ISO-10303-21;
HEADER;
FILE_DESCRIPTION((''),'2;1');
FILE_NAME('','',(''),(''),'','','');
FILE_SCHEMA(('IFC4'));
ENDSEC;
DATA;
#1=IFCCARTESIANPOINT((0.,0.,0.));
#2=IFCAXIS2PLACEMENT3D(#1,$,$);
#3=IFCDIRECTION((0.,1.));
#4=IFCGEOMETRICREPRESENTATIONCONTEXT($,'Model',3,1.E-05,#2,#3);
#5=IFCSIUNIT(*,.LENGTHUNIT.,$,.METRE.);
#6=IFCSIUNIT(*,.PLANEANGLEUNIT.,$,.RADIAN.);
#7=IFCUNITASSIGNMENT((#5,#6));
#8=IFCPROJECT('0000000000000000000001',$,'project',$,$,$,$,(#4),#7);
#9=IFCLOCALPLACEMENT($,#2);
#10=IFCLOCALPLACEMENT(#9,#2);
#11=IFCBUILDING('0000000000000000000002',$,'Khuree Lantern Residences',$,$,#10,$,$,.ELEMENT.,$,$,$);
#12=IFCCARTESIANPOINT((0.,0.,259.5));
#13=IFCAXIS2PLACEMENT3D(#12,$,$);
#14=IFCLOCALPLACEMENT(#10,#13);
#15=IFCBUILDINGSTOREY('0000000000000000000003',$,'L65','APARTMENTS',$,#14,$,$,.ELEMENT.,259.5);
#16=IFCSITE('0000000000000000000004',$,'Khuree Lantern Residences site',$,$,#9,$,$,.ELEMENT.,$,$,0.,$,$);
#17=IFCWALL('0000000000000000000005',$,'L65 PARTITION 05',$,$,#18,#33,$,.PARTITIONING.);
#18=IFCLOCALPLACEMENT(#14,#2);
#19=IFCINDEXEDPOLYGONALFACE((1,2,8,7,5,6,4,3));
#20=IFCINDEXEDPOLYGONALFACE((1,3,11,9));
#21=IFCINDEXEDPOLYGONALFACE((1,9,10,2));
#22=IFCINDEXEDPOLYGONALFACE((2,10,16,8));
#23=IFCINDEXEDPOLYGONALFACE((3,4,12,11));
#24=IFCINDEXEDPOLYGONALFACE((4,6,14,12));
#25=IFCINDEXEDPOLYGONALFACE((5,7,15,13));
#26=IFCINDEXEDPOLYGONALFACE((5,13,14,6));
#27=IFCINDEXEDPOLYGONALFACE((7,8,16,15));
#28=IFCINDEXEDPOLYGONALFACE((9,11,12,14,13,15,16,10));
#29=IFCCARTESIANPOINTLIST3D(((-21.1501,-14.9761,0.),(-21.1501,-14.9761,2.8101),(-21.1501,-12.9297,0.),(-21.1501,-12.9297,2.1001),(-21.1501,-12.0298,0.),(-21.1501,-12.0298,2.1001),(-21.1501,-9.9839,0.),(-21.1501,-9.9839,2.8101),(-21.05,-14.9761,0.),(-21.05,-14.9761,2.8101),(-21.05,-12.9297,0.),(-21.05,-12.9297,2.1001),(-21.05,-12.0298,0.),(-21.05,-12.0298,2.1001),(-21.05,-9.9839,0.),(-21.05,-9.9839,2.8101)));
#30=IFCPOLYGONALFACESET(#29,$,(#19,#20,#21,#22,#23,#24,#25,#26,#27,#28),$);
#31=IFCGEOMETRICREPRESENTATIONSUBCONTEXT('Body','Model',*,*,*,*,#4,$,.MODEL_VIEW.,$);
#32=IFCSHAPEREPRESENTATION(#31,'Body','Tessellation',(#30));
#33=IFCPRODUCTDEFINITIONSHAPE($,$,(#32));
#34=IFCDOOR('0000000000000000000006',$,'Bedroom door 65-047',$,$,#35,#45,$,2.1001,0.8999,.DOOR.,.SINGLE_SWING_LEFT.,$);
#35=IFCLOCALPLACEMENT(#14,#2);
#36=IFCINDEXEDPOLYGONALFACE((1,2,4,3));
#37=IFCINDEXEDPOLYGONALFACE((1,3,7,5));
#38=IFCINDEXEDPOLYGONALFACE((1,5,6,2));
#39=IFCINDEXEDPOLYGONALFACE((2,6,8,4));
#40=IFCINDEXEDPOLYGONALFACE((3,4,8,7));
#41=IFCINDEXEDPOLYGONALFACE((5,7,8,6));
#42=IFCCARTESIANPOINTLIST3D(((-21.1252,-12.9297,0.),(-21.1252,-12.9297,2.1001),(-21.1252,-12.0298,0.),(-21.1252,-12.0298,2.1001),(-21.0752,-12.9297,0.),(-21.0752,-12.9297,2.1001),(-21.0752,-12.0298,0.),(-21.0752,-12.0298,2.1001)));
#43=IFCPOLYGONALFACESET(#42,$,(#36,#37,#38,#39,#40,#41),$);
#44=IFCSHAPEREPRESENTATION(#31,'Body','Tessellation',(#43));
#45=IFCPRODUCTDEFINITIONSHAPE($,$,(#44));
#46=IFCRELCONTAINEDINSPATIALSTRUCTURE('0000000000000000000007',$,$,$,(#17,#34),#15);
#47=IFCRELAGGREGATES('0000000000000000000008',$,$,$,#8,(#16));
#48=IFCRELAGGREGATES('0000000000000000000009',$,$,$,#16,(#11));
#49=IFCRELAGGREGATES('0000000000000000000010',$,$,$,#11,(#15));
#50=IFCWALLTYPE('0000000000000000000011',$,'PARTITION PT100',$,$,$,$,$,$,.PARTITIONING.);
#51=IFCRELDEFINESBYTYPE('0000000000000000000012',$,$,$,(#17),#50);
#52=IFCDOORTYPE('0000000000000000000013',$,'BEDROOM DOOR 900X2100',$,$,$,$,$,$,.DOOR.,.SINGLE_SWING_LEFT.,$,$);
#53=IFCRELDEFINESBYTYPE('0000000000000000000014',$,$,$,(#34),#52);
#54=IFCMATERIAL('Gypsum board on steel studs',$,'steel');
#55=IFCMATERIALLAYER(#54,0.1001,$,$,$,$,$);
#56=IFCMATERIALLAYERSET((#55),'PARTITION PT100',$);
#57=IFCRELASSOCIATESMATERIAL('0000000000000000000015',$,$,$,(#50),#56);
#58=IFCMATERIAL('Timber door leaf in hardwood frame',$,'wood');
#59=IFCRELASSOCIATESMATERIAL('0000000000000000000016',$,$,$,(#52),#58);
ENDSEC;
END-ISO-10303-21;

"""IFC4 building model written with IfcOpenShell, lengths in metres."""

from ifc_helpers import new_model, si_unit, direction, frame, frame_2d, origin, place, context, subcontext, project, spatial, rectangle, extrude, material, layer, layer_set, type_object, element, fill, save


model = new_model("IFC4")

# Units and contexts
model_context = context("Model", 3, precision=1e-05, world=origin(), true_north=direction((0.0, 1.0)))
body_context = subcontext(model_context, "Body", "Model", "MODEL_VIEW")
ifc_project = project(units=[si_unit("LENGTHUNIT", "METRE"), si_unit("PLANEANGLEUNIT", "RADIAN")], contexts=[model_context])

# Site, building, storey
site_placement = place(None, origin())
site = spatial("IfcSite", under=ifc_project, at=site_placement, Name="Khuree Lantern Residences site", CompositionType="ELEMENT", RefElevation=0.0)
building_placement = place(site_placement, origin())
building = spatial("IfcBuilding", under=site, at=building_placement, Name="Khuree Lantern Residences", CompositionType="ELEMENT")
storey_placement = place(building_placement, frame((0.0, 0.0, 259.5)))
storey = spatial("IfcBuildingStorey", under=building, at=storey_placement, Name="L65", Description="APARTMENTS", CompositionType="ELEMENT", Elevation=259.5)

# Shared definitions
ifc_material_1 = material(Name="Gypsum board on steel studs", Category="steel")
ifc_layer_1 = layer(ifc_material_1, 0.1001)
ifc_layer_set_1 = layer_set([ifc_layer_1], Name="PARTITION PT100")
wall_type_1 = type_object("IfcWallType", Name="PARTITION PT100", PredefinedType="PARTITIONING", material=ifc_layer_set_1)

# Wall, opening, door
wall_1_placement = place(storey_placement, frame((-21.1001, -9.9839, 0.0), z_axis=(0.0, 0.0, 1.0), x_axis=(0.0, -1.0, 0.0)))
wall_1 = element("IfcWall", 1, at=wall_1_placement, inside=storey, type_object=wall_type_1, Name="L65 PARTITION 05", PredefinedType="PARTITIONING", context=body_context, shape_type="SweptSolid", body=[
    extrude(rectangle(XDim=4.9922, YDim=0.1001, at=frame_2d((2.4961, 0.0))), origin(), (0.0, 0.0, 1.0), 2.8101),
])
opening_placement = place(wall_1_placement, frame((2.0459, 0.0, 0.0)))
opening = element("IfcOpeningElement", 2, at=opening_placement, cuts=wall_1, PredefinedType="OPENING", context=body_context, shape_type="SweptSolid", body=[
    extrude(rectangle(XDim=0.8999, YDim=2.1001, at=frame_2d((0.45, 1.05))), frame((0.0, 0.0601, 0.0), z_axis=(0.0, -1.0, 0.0), x_axis=(1.0, 0.0, 0.0)), (0.0, 0.0, 1.0), 0.1201),
])
ifc_material_2 = material(Name="Timber door leaf in hardwood frame", Category="wood")
door_type = type_object("IfcDoorType", Name="BEDROOM DOOR 900X2100", OperationType="SINGLE_SWING_LEFT", PredefinedType="DOOR", material=ifc_material_2)
door_placement = place(opening_placement, origin())
door = element("IfcDoor", 3, at=door_placement, inside=storey, type_object=door_type, Name="Bedroom door 65-047", OperationType="SINGLE_SWING_LEFT", OverallHeight=2.1001, OverallWidth=0.8999, PredefinedType="DOOR", context=body_context, shape_type="SweptSolid", body=[
    extrude(rectangle(XDim=0.8999, YDim=2.1001, at=frame_2d((0.45, 1.05))), frame((0.0, 0.0249, 0.0), z_axis=(0.0, -1.0, 0.0), x_axis=(1.0, 0.0, 0.0)), (0.0, 0.0, 1.0), 0.05),
])
fill(opening, door)

save(model, "model.ifc")
